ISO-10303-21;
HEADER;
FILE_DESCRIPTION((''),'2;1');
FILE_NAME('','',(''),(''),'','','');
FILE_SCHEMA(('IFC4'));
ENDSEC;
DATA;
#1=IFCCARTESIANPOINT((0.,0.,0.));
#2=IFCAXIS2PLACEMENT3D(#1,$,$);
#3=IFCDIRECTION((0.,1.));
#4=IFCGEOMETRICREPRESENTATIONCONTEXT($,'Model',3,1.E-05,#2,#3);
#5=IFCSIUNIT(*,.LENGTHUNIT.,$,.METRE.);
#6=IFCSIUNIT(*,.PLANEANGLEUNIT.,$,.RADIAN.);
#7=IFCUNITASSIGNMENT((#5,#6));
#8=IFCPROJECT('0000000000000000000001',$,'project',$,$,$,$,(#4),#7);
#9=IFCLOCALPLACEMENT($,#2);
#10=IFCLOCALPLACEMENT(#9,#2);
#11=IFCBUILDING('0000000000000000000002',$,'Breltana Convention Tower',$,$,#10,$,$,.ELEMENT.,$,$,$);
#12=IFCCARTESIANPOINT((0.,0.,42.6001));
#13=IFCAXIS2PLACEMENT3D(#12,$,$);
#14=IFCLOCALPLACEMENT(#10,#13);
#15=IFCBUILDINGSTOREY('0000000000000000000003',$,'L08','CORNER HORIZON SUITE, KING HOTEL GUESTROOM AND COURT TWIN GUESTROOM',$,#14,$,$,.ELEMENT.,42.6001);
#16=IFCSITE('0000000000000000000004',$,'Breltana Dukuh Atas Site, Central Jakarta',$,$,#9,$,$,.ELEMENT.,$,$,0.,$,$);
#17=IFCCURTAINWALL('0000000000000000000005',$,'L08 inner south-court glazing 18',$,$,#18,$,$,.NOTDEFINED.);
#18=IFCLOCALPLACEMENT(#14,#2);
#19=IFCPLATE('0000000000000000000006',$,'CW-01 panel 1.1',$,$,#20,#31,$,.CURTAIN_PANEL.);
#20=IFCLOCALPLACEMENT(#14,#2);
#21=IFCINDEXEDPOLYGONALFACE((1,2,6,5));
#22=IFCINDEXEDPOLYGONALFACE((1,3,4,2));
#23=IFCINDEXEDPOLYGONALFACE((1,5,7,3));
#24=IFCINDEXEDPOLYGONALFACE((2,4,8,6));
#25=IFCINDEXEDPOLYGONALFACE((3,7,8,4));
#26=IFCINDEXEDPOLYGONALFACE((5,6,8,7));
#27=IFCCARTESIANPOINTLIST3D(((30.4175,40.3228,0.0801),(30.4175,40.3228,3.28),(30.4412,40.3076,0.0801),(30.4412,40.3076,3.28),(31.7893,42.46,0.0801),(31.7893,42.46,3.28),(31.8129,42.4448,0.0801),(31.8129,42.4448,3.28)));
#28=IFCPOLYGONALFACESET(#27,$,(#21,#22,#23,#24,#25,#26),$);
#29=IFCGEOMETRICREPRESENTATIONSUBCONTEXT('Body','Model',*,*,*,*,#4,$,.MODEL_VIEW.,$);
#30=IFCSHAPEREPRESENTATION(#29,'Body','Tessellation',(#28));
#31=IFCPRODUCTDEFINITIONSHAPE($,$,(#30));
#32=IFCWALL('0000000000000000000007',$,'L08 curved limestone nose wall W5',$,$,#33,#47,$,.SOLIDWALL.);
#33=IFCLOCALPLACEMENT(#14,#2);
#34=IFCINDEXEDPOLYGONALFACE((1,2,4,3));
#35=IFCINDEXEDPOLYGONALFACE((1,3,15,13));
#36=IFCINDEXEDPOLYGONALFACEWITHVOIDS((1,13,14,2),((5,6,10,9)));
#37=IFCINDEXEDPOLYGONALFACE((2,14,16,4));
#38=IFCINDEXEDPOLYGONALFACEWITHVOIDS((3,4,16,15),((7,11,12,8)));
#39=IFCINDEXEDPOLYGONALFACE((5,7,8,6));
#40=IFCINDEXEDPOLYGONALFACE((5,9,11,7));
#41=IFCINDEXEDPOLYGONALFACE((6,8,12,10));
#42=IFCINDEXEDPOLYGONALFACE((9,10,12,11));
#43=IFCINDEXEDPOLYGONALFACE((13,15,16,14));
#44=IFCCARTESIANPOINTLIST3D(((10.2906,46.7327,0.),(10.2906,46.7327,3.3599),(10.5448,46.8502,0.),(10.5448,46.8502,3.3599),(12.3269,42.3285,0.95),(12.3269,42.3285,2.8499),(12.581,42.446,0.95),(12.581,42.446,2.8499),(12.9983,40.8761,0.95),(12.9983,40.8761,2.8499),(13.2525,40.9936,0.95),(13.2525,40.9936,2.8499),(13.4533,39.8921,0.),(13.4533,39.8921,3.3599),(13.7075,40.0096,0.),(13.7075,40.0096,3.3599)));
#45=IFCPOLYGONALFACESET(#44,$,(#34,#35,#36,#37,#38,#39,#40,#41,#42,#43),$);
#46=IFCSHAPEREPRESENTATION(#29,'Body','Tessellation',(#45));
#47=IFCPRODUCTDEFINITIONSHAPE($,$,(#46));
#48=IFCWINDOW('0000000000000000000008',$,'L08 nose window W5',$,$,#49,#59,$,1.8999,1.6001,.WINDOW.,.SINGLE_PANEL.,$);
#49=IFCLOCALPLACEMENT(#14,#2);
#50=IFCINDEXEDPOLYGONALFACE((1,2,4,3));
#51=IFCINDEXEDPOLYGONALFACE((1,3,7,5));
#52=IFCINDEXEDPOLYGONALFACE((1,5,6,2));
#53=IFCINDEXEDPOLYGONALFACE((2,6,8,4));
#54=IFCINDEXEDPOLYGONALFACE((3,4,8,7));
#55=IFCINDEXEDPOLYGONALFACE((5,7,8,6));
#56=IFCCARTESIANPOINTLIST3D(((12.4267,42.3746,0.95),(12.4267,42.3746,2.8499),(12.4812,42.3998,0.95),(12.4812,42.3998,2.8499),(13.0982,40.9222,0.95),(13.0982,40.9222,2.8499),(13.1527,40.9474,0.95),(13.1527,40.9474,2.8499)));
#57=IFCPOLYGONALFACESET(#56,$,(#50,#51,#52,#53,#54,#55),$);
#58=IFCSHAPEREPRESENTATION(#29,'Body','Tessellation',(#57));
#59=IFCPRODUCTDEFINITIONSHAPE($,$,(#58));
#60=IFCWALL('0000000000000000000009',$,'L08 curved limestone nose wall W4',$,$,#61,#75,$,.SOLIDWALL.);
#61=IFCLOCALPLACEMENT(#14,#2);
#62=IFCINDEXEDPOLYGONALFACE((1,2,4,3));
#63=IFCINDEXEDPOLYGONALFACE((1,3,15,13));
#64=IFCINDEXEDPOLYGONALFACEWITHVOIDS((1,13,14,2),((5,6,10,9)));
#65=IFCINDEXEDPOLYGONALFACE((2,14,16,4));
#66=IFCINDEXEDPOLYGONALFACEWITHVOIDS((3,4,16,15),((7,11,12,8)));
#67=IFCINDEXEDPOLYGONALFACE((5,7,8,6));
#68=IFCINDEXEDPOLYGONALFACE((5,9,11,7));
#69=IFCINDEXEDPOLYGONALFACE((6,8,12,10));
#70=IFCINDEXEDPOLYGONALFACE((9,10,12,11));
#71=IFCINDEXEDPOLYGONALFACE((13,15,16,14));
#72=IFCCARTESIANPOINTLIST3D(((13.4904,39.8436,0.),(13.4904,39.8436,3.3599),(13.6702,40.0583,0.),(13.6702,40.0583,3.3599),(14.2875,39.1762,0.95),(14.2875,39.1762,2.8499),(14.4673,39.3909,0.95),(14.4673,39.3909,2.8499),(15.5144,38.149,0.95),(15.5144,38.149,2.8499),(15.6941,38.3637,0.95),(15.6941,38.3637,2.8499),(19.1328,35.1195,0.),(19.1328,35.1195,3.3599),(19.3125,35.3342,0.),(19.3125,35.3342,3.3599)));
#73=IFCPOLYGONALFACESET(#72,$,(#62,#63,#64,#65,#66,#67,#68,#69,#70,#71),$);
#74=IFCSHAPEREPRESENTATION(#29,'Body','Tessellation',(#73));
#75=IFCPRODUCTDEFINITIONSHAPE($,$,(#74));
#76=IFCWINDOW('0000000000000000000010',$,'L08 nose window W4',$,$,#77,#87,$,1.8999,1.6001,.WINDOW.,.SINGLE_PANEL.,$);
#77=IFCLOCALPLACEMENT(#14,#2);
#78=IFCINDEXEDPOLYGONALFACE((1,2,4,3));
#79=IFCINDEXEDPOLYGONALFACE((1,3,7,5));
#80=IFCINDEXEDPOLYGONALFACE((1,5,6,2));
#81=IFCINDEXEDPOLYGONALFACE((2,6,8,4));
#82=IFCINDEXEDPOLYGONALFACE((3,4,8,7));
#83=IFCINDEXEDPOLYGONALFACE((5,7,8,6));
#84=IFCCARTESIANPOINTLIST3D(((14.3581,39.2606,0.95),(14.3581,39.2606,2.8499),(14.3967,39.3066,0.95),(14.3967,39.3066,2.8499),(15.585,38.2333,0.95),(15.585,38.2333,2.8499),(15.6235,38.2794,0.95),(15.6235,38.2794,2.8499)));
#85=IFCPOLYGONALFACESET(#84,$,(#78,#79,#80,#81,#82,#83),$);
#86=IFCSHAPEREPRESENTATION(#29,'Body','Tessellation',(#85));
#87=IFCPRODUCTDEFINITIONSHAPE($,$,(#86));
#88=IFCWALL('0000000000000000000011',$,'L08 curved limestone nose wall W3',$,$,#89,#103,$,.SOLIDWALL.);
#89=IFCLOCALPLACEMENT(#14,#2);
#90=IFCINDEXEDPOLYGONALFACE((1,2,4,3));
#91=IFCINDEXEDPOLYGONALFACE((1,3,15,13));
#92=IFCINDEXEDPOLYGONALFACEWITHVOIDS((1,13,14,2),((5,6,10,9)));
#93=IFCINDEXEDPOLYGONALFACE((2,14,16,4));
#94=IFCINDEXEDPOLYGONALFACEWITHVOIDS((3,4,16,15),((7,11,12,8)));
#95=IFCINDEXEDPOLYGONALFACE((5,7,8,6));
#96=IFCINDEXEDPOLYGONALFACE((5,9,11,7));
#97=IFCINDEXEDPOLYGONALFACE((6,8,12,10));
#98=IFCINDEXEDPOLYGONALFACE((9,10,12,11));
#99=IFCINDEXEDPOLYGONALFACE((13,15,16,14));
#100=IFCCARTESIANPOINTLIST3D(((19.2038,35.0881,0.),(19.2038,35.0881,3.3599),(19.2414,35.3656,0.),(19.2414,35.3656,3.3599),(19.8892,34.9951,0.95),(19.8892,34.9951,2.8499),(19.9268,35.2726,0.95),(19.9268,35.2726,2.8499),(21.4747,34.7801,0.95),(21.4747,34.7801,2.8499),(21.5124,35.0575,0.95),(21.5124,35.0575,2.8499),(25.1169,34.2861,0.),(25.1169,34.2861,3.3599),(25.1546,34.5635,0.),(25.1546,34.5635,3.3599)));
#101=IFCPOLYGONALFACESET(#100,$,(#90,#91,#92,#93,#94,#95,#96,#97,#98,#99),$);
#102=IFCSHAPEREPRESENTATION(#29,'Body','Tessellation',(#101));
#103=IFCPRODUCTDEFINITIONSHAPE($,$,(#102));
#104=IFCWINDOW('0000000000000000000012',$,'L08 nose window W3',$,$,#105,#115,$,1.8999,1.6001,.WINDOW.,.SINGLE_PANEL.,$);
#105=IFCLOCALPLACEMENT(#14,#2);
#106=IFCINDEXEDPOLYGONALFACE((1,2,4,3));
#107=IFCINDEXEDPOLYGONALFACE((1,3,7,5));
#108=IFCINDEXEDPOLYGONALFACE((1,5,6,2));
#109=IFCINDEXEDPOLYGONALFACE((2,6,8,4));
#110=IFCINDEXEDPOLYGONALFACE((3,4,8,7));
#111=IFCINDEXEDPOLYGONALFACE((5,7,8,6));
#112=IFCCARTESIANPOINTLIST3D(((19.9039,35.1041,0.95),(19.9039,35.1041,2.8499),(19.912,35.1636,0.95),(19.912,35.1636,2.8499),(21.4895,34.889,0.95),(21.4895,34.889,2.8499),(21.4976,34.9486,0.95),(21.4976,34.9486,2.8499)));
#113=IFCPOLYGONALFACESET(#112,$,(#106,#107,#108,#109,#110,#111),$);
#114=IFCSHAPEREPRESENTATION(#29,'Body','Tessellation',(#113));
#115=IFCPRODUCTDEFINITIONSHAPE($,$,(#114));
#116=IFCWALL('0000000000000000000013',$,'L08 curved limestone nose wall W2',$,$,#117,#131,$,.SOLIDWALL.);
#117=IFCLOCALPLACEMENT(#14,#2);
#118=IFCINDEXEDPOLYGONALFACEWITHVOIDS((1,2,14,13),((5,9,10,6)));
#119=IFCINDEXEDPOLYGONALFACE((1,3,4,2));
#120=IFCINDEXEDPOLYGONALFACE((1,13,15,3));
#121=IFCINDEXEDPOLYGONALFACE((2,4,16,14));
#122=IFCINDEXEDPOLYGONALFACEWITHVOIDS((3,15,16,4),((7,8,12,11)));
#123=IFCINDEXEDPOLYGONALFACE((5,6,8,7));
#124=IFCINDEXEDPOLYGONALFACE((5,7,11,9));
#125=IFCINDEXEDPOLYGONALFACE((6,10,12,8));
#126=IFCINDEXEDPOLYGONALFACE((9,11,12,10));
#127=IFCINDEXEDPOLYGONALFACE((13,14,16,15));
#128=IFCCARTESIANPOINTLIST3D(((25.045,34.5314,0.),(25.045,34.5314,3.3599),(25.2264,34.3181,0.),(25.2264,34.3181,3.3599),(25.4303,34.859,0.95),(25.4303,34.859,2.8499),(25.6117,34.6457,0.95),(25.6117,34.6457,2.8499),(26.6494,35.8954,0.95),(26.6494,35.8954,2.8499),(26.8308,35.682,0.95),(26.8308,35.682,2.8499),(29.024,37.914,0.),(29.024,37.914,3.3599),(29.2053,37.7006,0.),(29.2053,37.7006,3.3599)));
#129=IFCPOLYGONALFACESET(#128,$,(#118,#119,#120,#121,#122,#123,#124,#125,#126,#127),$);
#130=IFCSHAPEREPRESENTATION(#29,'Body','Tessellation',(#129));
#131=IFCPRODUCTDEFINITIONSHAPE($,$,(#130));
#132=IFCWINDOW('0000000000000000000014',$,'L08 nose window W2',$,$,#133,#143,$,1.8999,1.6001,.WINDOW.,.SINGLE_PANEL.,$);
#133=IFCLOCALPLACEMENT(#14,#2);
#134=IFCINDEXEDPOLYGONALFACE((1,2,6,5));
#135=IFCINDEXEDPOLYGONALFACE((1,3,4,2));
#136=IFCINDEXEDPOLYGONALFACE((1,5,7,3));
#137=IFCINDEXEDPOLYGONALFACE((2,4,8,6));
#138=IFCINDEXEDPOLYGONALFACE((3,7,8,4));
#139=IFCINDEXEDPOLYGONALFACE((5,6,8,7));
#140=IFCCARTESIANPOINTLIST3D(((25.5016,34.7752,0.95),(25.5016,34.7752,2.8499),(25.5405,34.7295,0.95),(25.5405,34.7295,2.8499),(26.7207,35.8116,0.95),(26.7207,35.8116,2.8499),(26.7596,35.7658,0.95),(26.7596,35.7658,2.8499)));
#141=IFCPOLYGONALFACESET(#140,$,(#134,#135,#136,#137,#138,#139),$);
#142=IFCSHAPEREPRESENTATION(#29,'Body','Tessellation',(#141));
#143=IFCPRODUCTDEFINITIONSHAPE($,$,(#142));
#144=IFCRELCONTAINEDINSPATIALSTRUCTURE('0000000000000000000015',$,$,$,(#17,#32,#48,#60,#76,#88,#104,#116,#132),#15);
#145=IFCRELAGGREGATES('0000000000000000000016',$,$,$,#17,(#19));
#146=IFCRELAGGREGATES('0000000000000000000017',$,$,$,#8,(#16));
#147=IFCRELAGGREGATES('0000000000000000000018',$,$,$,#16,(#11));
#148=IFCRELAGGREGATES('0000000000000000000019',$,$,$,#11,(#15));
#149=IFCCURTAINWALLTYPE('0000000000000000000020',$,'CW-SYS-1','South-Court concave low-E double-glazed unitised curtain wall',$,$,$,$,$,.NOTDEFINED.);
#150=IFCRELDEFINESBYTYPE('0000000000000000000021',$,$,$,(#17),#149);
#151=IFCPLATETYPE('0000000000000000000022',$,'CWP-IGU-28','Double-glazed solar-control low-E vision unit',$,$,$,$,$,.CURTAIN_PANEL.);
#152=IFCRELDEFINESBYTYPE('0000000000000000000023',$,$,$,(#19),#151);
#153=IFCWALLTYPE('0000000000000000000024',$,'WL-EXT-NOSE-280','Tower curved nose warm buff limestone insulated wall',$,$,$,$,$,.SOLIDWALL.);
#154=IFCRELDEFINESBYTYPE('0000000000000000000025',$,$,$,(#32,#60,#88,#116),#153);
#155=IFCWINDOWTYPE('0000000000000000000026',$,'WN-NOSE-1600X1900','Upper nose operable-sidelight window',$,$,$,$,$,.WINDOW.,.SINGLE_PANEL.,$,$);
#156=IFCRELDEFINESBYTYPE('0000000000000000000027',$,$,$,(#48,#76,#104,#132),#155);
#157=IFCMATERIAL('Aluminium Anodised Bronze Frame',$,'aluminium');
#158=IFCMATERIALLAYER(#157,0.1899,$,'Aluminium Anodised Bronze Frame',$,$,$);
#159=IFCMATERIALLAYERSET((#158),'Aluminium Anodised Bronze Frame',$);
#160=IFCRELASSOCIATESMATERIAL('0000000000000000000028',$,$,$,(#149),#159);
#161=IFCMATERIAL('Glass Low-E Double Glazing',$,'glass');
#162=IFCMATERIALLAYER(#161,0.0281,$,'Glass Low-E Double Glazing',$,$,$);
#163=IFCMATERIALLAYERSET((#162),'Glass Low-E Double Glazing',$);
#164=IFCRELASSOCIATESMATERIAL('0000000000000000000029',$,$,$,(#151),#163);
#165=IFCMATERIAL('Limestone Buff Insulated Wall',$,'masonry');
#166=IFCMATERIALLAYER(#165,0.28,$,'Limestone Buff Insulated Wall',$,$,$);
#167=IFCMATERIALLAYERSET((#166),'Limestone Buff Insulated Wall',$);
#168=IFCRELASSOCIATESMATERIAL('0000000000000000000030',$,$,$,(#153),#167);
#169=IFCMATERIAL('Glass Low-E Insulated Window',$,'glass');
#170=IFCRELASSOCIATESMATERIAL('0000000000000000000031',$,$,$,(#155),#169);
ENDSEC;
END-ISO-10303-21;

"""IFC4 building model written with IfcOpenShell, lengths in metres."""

from ifc_helpers import new_model, si_unit, direction, frame, frame_2d, origin, origin_2d, place, context, subcontext, project, spatial, rectangle, extrude, source, transform, mapped, material, layer, layer_set, type_object, type_shapes, element, fill, aggregate, save


model = new_model("IFC4")

# Units and contexts
model_context = context("Model", 3, precision=1e-05, world=origin(), true_north=direction((0.0, 1.0)))
body_context = subcontext(model_context, "Body", "Model", "MODEL_VIEW")
ifc_project = project(units=[si_unit("LENGTHUNIT", "METRE"), si_unit("PLANEANGLEUNIT", "RADIAN")], contexts=[model_context])

# Site, building, storey
site_placement = place(None, origin())
site = spatial("IfcSite", under=ifc_project, at=site_placement, Name="Breltana Dukuh Atas Site, Central Jakarta", CompositionType="ELEMENT", RefElevation=0.0)
building_placement = place(site_placement, origin())
building = spatial("IfcBuilding", under=site, at=building_placement, Name="Breltana Convention Tower", CompositionType="ELEMENT")
storey_placement = place(building_placement, frame((0.0, 0.0, 42.6001)))
storey = spatial("IfcBuildingStorey", under=building, at=storey_placement, Name="L08", Description="CORNER HORIZON SUITE, KING HOTEL GUESTROOM AND COURT TWIN GUESTROOM", CompositionType="ELEMENT", Elevation=42.6001)

# Curtain wall
ifc_material_1 = material(Name="Aluminium Anodised Bronze Frame", Category="aluminium")
ifc_layer_1 = layer(ifc_material_1, 0.1899, Name="Aluminium Anodised Bronze Frame")
ifc_layer_set_1 = layer_set([ifc_layer_1], Name="Aluminium Anodised Bronze Frame")
curtain_wall_type = type_object("IfcCurtainWallType", Name="CW-SYS-1", Description="South-Court concave low-E double-glazed unitised curtain wall", PredefinedType="NOTDEFINED", material=ifc_layer_set_1)
curtain_wall_1_placement = place(storey_placement, origin())
curtain_wall_1 = element("IfcCurtainWall", 1, at=curtain_wall_1_placement, inside=storey, type_object=curtain_wall_type, Name="L08 inner south-court glazing 18", PredefinedType="NOTDEFINED")

# Plate
ifc_material_2 = material(Name="Glass Low-E Double Glazing", Category="glass")
ifc_layer_2 = layer(ifc_material_2, 0.0281, Name="Glass Low-E Double Glazing")
ifc_layer_set_2 = layer_set([ifc_layer_2], Name="Glass Low-E Double Glazing")
plate_type = type_object("IfcPlateType", Name="CWP-IGU-28", Description="Double-glazed solar-control low-E vision unit", PredefinedType="CURTAIN_PANEL", material=ifc_layer_set_2)
shared_shape_1 = source(origin(), body_context, "Body", "SweptSolid", [
    extrude(rectangle(XDim=2.5396, YDim=0.0281, at=origin_2d()), origin(), (0.0, 0.0, 1.0), 3.2),
])
plate_1_placement = place(storey_placement, frame((31.1152, 41.3838, 0.0801), z_axis=(0.0, 0.0, 1.0), x_axis=(-0.54017, -0.841556, 0.0)))
plate_1 = element("IfcPlate", 2, at=plate_1_placement, type_object=plate_type, Name="CW-01 panel 1.1", PredefinedType="CURTAIN_PANEL", context=body_context, shape_type="MappedRepresentation", body=[
    mapped(shared_shape_1, transform((0.0, 0.0, 0.0), scale=1.0)),
])
aggregate(curtain_wall_1, [plate_1])

# Walls, openings, windows
ifc_material_3 = material(Name="Limestone Buff Insulated Wall", Category="masonry")
ifc_layer_3 = layer(ifc_material_3, 0.28, Name="Limestone Buff Insulated Wall")
ifc_layer_set_3 = layer_set([ifc_layer_3], Name="Limestone Buff Insulated Wall")
wall_type_1 = type_object("IfcWallType", Name="WL-EXT-NOSE-280", Description="Tower curved nose warm buff limestone insulated wall", PredefinedType="SOLIDWALL", material=ifc_layer_set_3)
shared_shape_2 = source(origin(), body_context, "Body", "SweptSolid", [
    extrude(rectangle(XDim=7.5364, YDim=0.28, at=frame_2d((3.7681, 0.0))), origin(), (0.0, 0.0, 1.0), 3.3599),
])
wall_1_placement = place(storey_placement, frame((13.5803, 39.9509, 0.0), z_axis=(0.0, 0.0, 1.0), x_axis=(-0.41965, 0.907686, 0.0)))
wall_1 = element("IfcWall", 3, at=wall_1_placement, inside=storey, type_object=wall_type_1, Name="L08 curved limestone nose wall W5", PredefinedType="SOLIDWALL", context=body_context, shape_type="MappedRepresentation", body=[
    mapped(shared_shape_2, transform((0.0, 0.0, 0.0), scale=1.0)),
])
opening_1_placement = place(wall_1_placement, frame((1.084, 0.0, 0.95)))
opening_1 = element("IfcOpeningElement", 4, at=opening_1_placement, cuts=wall_1, PredefinedType="OPENING", context=body_context, shape_type="SweptSolid", body=[
    extrude(rectangle(XDim=1.6001, YDim=1.8999, at=frame_2d((0.8, 0.95))), frame((0.0, 0.1499, 0.0), z_axis=(0.0, -1.0, 0.0), x_axis=(1.0, 0.0, 0.0)), (0.0, 0.0, 1.0), 0.3),
])
ifc_material_4 = material(Name="Glass Low-E Insulated Window", Category="glass")
window_type = type_object("IfcWindowType", Name="WN-NOSE-1600X1900", Description="Upper nose operable-sidelight window", PartitioningType="SINGLE_PANEL", PredefinedType="WINDOW", material=ifc_material_4)
shared_shape_3 = source(origin(), body_context, "Body", "SweptSolid", [
    extrude(rectangle(XDim=1.6001, YDim=1.8999, at=frame_2d((0.8, 0.95))), frame((0.0, 0.03, 0.0), z_axis=(0.0, -1.0, 0.0), x_axis=(1.0, 0.0, 0.0)), (0.0, 0.0, 1.0), 0.0601),
])
type_shapes(window_type, [shared_shape_3])
window_1_placement = place(opening_1_placement, origin())
window_1 = element("IfcWindow", 5, at=window_1_placement, inside=storey, type_object=window_type, Name="L08 nose window W5", OverallHeight=1.8999, OverallWidth=1.6001, PartitioningType="SINGLE_PANEL", PredefinedType="WINDOW", context=body_context, shape_type="MappedRepresentation", body=[
    mapped(shared_shape_3, transform((0.0, 0.0, 0.0), scale=1.0)),
])
fill(opening_1, window_1)
shared_shape_4 = source(origin(), body_context, "Body", "SweptSolid", [
    extrude(rectangle(XDim=7.3589, YDim=0.28, at=frame_2d((3.6794, 0.0))), origin(), (0.0, 0.0, 1.0), 3.3599),
])
wall_2_placement = place(storey_placement, frame((19.2227, 35.2268, 0.0), z_axis=(0.0, 0.0, 1.0), x_axis=(-0.766737, 0.641961, 0.0)))
wall_2 = element("IfcWall", 6, at=wall_2_placement, inside=storey, type_object=wall_type_1, Name="L08 curved limestone nose wall W4", PredefinedType="SOLIDWALL", context=body_context, shape_type="MappedRepresentation", body=[
    mapped(shared_shape_4, transform((0.0, 0.0, 0.0), scale=1.0)),
])
opening_2_placement = place(wall_2_placement, frame((4.7192, 0.0, 0.95)))
opening_2 = element("IfcOpeningElement", 7, at=opening_2_placement, cuts=wall_2, PredefinedType="OPENING", context=body_context, shape_type="SweptSolid", body=[
    extrude(rectangle(XDim=1.6001, YDim=1.8999, at=frame_2d((0.8, 0.95))), frame((0.0, 0.1499, 0.0), z_axis=(0.0, -1.0, 0.0), x_axis=(1.0, 0.0, 0.0)), (0.0, 0.0, 1.0), 0.3),
])
window_2_placement = place(opening_2_placement, origin())
window_2 = element("IfcWindow", 8, at=window_2_placement, inside=storey, type_object=window_type, Name="L08 nose window W4", OverallHeight=1.8999, OverallWidth=1.6001, PartitioningType="SINGLE_PANEL", PredefinedType="WINDOW", context=body_context, shape_type="MappedRepresentation", body=[
    mapped(shared_shape_3, transform((0.0, 0.0, 0.0), scale=1.0)),
])
fill(opening_2, window_2)
shared_shape_5 = source(origin(), body_context, "Body", "SweptSolid", [
    extrude(rectangle(XDim=5.9673, YDim=0.28, at=frame_2d((2.9836, 0.0))), origin(), (0.0, 0.0, 1.0), 3.3599),
])
wall_3_placement = place(storey_placement, frame((25.1357, 34.4248, 0.0), z_axis=(0.0, 0.0, 1.0), x_axis=(-0.990927, 0.134401, 0.0)))
wall_3 = element("IfcWall", 9, at=wall_3_placement, inside=storey, type_object=wall_type_1, Name="L08 curved limestone nose wall W3", PredefinedType="SOLIDWALL", context=body_context, shape_type="MappedRepresentation", body=[
    mapped(shared_shape_5, transform((0.0, 0.0, 0.0), scale=1.0)),
])
opening_3_placement = place(wall_3_placement, frame((3.6755, 0.0, 0.95)))
opening_3 = element("IfcOpeningElement", 10, at=opening_3_placement, cuts=wall_3, PredefinedType="OPENING", context=body_context, shape_type="SweptSolid", body=[
    extrude(rectangle(XDim=1.6001, YDim=1.8999, at=frame_2d((0.8, 0.95))), frame((0.0, 0.1499, 0.0), z_axis=(0.0, -1.0, 0.0), x_axis=(1.0, 0.0, 0.0)), (0.0, 0.0, 1.0), 0.3),
])
window_3_placement = place(opening_3_placement, origin())
window_3 = element("IfcWindow", 11, at=window_3_placement, inside=storey, type_object=window_type, Name="L08 nose window W3", OverallHeight=1.8999, OverallWidth=1.6001, PartitioningType="SINGLE_PANEL", PredefinedType="WINDOW", context=body_context, shape_type="MappedRepresentation", body=[
    mapped(shared_shape_3, transform((0.0, 0.0, 0.0), scale=1.0)),
])
fill(opening_3, window_3)
shared_shape_6 = source(origin(), body_context, "Body", "SweptSolid", [
    extrude(rectangle(XDim=5.2224, YDim=0.28, at=frame_2d((2.6113, 0.0))), origin(), (0.0, 0.0, 1.0), 3.3599),
])
wall_4_placement = place(storey_placement, frame((29.1147, 37.8074, 0.0), z_axis=(0.0, 0.0, 1.0), x_axis=(-0.7619, -0.647695, 0.0)))
wall_4 = element("IfcWall", 12, at=wall_4_placement, inside=storey, type_object=wall_type_1, Name="L08 curved limestone nose wall W2", PredefinedType="SOLIDWALL", context=body_context, shape_type="MappedRepresentation", body=[
    mapped(shared_shape_6, transform((0.0, 0.0, 0.0), scale=1.0)),
])
opening_4_placement = place(wall_4_placement, frame((3.1167, 0.0, 0.95)))
opening_4 = element("IfcOpeningElement", 13, at=opening_4_placement, cuts=wall_4, PredefinedType="OPENING", context=body_context, shape_type="SweptSolid", body=[
    extrude(rectangle(XDim=1.6001, YDim=1.8999, at=frame_2d((0.8, 0.95))), frame((0.0, 0.1499, 0.0), z_axis=(0.0, -1.0, 0.0), x_axis=(1.0, 0.0, 0.0)), (0.0, 0.0, 1.0), 0.3),
])
window_4_placement = place(opening_4_placement, origin())
window_4 = element("IfcWindow", 14, at=window_4_placement, inside=storey, type_object=window_type, Name="L08 nose window W2", OverallHeight=1.8999, OverallWidth=1.6001, PartitioningType="SINGLE_PANEL", PredefinedType="WINDOW", context=body_context, shape_type="MappedRepresentation", body=[
    mapped(shared_shape_3, transform((0.0, 0.0, 0.0), scale=1.0)),
])
fill(opening_4, window_4)

save(model, "model.ifc")
